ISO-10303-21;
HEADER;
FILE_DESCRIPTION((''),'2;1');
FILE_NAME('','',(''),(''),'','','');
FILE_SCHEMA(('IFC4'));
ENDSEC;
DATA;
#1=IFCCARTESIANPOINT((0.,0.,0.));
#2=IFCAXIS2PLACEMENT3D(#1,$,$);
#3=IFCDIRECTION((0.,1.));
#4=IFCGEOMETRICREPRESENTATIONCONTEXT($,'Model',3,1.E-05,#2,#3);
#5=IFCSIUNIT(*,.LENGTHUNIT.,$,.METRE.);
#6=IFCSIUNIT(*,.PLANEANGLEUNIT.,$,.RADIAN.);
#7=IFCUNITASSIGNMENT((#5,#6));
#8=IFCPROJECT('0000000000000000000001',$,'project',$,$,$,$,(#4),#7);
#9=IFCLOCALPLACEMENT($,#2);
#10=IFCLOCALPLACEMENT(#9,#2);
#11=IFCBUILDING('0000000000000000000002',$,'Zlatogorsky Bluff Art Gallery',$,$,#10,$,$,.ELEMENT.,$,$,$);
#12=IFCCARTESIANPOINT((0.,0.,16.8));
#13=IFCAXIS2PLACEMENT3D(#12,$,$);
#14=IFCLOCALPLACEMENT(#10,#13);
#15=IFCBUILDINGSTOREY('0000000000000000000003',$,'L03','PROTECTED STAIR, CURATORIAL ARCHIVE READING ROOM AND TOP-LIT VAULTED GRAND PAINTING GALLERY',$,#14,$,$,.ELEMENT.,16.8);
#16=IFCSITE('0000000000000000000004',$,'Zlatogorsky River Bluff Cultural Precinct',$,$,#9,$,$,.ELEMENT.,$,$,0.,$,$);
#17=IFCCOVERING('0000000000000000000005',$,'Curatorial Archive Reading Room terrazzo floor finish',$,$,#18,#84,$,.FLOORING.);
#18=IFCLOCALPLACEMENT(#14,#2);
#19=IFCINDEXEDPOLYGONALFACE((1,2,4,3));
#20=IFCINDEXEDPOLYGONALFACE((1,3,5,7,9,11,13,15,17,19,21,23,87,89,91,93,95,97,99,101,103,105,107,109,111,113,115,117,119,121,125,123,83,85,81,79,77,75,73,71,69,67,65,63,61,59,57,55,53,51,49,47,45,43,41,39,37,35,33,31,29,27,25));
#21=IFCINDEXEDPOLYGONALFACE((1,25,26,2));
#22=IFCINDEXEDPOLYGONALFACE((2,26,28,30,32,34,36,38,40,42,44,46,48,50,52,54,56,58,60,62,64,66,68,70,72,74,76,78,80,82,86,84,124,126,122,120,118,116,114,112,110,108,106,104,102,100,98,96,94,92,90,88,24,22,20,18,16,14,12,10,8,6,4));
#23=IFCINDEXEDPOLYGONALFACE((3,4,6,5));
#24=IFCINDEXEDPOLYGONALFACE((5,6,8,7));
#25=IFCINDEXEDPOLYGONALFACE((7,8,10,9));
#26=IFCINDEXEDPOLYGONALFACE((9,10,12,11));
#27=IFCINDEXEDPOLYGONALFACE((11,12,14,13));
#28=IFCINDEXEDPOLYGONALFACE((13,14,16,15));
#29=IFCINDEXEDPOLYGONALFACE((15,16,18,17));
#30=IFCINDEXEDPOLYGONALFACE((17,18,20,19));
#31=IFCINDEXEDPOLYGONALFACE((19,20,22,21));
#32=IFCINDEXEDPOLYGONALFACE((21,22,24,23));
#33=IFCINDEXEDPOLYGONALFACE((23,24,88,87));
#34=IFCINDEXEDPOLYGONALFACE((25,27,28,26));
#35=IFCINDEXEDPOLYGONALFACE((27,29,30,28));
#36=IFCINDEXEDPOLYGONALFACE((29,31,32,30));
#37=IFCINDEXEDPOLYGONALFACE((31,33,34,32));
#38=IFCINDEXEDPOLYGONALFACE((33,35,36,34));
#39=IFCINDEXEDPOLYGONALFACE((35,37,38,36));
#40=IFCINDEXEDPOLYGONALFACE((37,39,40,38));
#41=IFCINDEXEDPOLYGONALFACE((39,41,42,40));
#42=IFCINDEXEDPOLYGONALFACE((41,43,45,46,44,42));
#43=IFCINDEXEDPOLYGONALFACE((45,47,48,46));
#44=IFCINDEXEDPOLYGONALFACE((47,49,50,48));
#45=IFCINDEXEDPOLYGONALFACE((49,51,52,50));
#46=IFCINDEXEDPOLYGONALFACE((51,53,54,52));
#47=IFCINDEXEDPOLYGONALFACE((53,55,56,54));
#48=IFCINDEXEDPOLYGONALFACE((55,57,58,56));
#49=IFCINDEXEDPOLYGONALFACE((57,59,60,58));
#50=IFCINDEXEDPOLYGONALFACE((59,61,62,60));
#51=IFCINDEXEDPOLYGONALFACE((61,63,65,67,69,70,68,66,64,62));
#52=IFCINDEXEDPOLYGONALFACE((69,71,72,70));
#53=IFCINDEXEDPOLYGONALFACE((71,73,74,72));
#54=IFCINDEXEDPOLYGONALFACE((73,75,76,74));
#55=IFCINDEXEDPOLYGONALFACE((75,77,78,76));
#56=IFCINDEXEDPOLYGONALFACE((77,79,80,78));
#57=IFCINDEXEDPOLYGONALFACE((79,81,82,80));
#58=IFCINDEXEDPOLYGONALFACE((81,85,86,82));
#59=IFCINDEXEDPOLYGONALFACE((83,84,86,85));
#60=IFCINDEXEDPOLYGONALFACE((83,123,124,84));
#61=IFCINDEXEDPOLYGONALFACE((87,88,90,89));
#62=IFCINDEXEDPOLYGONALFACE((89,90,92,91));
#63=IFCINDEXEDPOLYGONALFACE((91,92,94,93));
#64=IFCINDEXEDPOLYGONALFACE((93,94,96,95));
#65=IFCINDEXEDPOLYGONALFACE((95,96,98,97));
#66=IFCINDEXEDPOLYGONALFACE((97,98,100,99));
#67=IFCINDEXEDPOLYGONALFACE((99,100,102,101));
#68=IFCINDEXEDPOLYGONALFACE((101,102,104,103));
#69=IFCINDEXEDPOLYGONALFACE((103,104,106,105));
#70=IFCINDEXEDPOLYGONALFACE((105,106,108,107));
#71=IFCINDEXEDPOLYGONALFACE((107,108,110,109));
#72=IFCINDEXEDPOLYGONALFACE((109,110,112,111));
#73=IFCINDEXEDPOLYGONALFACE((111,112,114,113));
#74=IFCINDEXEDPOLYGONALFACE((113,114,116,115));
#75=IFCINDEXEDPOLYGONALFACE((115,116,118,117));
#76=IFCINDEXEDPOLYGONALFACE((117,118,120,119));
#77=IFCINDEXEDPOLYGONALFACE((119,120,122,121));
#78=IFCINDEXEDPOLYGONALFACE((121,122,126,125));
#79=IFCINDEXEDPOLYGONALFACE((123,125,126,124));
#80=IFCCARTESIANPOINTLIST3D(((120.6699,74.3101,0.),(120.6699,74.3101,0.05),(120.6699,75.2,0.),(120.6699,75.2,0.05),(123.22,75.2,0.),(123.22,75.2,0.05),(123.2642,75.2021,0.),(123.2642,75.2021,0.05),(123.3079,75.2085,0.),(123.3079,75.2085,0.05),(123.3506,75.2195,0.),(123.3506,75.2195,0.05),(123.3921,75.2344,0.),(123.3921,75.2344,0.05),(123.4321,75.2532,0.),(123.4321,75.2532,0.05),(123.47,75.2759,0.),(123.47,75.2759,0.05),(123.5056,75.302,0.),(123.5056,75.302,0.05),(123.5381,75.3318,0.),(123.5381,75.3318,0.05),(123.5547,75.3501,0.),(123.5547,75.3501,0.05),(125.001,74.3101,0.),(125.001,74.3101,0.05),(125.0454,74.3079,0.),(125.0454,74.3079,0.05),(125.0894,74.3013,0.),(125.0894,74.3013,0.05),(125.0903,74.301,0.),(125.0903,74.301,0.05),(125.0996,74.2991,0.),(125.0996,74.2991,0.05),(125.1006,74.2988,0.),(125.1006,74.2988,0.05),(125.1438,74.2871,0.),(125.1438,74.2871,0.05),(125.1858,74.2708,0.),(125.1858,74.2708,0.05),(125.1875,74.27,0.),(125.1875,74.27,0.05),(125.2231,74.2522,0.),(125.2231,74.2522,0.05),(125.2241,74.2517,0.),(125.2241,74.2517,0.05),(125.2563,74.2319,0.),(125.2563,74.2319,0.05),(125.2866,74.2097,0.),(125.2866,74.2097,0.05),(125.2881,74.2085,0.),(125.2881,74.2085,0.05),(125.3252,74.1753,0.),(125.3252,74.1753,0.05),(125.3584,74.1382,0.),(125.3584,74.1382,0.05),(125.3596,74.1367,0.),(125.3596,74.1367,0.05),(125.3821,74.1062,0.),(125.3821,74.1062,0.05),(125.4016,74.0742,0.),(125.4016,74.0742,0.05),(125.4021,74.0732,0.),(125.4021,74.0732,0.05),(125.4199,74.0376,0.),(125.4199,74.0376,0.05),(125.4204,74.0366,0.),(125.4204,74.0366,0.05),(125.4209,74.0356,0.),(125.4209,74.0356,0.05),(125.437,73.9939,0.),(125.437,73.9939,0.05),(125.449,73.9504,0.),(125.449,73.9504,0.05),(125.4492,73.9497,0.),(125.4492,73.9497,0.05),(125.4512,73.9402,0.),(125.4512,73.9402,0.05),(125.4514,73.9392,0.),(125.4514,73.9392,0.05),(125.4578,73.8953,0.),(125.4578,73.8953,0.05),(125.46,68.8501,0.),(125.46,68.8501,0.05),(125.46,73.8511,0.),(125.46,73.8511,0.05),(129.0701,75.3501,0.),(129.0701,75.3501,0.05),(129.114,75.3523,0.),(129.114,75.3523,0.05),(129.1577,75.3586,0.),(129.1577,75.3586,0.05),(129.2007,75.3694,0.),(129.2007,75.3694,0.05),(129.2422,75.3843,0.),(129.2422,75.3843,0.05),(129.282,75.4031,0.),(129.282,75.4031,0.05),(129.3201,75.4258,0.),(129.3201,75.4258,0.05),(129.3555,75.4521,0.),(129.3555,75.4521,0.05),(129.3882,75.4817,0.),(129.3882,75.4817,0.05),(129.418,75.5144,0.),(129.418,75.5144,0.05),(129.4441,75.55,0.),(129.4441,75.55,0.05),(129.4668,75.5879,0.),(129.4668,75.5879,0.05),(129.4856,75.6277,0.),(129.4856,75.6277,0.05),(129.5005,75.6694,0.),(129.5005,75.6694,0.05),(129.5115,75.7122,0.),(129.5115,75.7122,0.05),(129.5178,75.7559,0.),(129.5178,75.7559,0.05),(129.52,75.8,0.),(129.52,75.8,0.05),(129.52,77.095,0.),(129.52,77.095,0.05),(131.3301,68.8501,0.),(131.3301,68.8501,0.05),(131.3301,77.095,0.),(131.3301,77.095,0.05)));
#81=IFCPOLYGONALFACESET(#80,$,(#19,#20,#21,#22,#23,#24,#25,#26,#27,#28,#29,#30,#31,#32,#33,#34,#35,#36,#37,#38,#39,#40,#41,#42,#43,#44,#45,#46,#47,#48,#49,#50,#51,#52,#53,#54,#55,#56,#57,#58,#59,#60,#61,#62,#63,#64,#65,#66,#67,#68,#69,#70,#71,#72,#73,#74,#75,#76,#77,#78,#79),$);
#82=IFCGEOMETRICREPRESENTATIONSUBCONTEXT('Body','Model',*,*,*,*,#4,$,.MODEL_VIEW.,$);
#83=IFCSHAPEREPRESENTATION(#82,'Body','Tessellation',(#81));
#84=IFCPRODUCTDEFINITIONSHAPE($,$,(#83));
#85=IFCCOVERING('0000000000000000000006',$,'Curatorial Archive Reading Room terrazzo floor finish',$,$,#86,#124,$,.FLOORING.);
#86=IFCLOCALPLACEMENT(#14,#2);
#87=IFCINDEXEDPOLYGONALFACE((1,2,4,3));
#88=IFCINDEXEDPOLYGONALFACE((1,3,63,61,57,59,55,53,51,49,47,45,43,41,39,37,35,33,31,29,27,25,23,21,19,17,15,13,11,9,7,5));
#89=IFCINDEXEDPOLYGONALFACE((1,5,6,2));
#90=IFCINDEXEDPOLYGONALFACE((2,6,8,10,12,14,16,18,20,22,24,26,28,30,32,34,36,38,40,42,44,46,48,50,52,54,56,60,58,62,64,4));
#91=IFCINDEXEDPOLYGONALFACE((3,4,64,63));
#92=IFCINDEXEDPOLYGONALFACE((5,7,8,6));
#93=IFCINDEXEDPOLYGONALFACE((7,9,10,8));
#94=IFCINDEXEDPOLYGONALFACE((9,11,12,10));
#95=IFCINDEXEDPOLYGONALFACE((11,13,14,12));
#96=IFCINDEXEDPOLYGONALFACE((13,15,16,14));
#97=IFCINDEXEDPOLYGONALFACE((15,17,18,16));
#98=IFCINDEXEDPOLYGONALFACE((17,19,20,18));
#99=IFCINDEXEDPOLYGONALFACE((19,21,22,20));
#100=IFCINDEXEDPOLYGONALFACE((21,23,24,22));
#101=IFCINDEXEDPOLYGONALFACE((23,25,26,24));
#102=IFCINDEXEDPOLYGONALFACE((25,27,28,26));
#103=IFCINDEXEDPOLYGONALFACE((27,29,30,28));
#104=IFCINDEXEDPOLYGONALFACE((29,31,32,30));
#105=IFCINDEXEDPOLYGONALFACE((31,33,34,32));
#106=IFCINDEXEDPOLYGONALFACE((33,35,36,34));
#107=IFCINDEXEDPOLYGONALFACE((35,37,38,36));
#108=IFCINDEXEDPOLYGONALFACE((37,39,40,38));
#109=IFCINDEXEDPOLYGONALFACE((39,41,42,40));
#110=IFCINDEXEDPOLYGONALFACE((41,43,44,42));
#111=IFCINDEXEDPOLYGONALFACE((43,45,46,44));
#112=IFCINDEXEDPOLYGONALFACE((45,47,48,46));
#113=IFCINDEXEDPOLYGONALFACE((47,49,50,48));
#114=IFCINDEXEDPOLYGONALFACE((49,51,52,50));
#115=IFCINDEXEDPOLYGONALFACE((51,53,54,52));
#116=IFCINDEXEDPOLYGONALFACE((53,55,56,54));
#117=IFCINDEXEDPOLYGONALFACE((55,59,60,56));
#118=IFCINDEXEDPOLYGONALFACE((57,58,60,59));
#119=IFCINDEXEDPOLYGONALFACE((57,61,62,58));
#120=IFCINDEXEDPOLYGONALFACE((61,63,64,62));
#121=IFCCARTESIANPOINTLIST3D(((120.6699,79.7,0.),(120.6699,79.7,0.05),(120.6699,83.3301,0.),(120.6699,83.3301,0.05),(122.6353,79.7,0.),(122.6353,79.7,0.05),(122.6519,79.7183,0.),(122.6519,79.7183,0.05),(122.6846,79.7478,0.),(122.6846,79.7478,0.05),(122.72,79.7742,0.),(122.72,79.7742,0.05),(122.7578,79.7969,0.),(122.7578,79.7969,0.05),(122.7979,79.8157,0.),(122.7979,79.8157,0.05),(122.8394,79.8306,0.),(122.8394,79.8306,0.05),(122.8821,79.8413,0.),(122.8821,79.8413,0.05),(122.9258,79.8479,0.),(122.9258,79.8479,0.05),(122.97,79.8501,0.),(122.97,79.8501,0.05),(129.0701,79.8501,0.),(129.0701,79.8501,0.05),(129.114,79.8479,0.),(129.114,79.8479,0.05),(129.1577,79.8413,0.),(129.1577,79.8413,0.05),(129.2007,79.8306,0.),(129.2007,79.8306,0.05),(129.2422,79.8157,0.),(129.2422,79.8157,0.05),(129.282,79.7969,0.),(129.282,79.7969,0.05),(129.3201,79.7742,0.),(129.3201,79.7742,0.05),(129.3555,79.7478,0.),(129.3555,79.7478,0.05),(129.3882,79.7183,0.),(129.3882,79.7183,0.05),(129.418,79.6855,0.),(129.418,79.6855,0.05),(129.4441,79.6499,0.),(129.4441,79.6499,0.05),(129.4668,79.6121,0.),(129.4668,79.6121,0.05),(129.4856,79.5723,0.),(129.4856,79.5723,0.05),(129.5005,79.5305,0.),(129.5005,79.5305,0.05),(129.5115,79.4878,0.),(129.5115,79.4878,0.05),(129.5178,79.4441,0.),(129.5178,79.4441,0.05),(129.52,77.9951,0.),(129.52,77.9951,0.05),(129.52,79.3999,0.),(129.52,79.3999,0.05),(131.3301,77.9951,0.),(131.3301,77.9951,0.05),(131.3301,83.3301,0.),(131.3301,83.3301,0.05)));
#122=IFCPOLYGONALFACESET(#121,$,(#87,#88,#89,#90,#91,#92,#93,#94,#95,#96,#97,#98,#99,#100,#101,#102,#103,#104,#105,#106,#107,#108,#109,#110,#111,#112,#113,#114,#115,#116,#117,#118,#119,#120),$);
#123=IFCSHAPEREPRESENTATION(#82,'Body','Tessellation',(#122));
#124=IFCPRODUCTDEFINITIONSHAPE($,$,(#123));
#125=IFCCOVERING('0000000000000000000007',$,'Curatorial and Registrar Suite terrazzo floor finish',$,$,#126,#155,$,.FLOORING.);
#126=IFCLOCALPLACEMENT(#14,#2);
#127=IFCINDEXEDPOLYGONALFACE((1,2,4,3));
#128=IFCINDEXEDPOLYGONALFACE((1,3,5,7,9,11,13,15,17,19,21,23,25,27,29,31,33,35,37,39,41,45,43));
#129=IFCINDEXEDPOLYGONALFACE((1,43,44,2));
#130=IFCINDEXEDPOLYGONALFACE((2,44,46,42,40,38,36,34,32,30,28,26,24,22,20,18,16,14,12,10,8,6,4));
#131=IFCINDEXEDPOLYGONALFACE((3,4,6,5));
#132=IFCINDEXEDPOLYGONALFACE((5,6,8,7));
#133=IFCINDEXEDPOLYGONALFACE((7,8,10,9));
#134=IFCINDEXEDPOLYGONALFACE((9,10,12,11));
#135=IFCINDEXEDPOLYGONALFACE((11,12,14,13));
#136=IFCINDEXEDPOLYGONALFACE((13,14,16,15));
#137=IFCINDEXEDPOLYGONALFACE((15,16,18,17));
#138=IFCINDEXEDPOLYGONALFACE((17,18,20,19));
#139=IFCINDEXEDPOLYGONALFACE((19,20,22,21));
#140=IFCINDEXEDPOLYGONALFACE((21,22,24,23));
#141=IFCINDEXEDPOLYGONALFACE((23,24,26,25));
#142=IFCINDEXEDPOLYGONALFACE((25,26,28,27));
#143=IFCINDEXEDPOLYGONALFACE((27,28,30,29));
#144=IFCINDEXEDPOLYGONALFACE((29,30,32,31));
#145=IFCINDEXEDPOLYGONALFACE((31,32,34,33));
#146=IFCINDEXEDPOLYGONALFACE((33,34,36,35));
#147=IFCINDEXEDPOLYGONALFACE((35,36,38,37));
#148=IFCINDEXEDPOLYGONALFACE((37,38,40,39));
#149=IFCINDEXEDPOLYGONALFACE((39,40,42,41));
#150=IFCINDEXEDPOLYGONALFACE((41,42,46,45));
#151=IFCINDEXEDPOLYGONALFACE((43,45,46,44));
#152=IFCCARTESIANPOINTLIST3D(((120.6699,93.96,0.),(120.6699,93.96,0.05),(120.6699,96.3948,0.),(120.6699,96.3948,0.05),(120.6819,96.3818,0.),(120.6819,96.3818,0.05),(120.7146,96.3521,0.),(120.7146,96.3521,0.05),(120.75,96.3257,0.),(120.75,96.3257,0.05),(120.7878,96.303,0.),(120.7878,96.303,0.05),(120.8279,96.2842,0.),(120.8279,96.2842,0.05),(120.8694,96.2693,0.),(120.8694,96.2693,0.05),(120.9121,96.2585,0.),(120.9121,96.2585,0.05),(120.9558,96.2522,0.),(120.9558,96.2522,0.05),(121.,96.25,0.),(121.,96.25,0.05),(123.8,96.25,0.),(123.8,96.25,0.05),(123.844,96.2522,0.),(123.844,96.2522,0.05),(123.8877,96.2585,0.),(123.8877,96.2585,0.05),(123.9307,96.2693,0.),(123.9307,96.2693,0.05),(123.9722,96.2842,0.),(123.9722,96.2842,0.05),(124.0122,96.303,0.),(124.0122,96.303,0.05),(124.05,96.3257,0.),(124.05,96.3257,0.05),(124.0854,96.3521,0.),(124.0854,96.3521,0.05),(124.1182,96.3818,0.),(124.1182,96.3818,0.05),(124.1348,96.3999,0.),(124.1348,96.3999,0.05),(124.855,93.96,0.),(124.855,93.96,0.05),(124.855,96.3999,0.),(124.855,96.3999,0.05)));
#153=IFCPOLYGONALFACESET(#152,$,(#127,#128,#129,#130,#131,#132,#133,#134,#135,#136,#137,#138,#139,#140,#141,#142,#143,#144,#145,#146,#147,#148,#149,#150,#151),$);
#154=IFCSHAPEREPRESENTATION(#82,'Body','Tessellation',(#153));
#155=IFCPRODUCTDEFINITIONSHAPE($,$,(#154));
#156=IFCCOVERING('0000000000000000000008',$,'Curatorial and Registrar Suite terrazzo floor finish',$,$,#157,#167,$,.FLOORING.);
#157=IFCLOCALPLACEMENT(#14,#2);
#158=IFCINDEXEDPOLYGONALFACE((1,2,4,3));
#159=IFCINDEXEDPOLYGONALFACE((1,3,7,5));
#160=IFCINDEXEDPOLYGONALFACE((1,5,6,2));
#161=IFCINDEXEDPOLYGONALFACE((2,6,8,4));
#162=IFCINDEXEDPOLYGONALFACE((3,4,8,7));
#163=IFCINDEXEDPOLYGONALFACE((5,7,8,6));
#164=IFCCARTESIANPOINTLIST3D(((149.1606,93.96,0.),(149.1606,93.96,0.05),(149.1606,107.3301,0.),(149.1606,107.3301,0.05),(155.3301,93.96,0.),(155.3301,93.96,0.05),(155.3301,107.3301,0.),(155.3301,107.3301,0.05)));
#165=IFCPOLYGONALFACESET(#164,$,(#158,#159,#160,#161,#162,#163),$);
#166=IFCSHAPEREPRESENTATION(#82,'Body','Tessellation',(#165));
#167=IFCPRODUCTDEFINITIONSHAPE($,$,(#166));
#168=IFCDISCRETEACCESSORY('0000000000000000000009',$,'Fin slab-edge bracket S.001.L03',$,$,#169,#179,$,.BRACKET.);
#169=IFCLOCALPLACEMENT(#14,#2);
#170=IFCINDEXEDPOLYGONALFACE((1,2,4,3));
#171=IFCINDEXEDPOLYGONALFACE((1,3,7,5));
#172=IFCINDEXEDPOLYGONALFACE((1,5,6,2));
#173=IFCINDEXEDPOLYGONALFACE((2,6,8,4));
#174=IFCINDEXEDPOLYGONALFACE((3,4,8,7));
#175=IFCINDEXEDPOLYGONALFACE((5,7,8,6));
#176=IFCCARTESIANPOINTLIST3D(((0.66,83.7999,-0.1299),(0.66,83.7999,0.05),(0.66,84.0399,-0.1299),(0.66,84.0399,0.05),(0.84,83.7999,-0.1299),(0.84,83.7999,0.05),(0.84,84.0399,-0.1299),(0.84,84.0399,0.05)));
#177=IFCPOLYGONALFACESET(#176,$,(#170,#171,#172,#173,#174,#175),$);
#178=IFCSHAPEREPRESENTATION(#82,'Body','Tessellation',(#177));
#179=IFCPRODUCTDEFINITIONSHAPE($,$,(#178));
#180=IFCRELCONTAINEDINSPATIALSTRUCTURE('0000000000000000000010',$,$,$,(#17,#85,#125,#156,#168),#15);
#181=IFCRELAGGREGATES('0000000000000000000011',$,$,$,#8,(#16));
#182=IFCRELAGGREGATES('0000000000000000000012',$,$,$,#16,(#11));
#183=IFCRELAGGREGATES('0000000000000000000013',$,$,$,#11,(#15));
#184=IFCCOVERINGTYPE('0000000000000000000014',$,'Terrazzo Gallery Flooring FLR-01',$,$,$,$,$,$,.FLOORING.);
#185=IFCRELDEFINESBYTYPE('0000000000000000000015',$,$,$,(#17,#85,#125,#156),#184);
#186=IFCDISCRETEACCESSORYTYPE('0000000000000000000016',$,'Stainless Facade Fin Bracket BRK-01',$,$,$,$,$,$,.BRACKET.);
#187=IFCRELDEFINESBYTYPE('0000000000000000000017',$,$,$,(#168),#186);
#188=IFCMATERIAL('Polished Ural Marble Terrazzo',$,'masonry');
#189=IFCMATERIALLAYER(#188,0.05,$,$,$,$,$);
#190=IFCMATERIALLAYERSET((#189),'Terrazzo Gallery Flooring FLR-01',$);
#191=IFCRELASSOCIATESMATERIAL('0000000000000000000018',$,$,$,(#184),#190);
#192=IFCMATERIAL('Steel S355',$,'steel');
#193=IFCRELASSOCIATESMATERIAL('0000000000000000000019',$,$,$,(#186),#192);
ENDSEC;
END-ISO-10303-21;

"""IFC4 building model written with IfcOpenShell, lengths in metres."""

from ifc_helpers import new_model, si_unit, direction, frame, origin, origin_2d, place, context, subcontext, project, spatial, polyline, rectangle, outline, extrude, material, layer, layer_set, type_object, element, save


model = new_model("IFC4")

# Units and contexts
model_context = context("Model", 3, precision=1e-05, world=origin(), true_north=direction((0.0, 1.0)))
body_context = subcontext(model_context, "Body", "Model", "MODEL_VIEW")
ifc_project = project(units=[si_unit("LENGTHUNIT", "METRE"), si_unit("PLANEANGLEUNIT", "RADIAN")], contexts=[model_context])

# Site, building, storey
site_placement = place(None, origin())
site = spatial("IfcSite", under=ifc_project, at=site_placement, Name="Zlatogorsky River Bluff Cultural Precinct", CompositionType="ELEMENT", RefElevation=0.0)
building_placement = place(site_placement, origin())
building = spatial("IfcBuilding", under=site, at=building_placement, Name="Zlatogorsky Bluff Art Gallery", CompositionType="ELEMENT")
storey_placement = place(building_placement, frame((0.0, 0.0, 16.8)))
storey = spatial("IfcBuildingStorey", under=building, at=storey_placement, Name="L03", Description="PROTECTED STAIR, CURATORIAL ARCHIVE READING ROOM AND TOP-LIT VAULTED GRAND PAINTING GALLERY", CompositionType="ELEMENT", Elevation=16.8)

# Coverings
ifc_material_1 = material(Name="Polished Ural Marble Terrazzo", Category="masonry")
ifc_layer_1 = layer(ifc_material_1, 0.05)
ifc_layer_set_1 = layer_set([ifc_layer_1], Name="Terrazzo Gallery Flooring FLR-01")
covering_type_1 = type_object("IfcCoveringType", Name="Terrazzo Gallery Flooring FLR-01", PredefinedType="FLOORING", material=ifc_layer_set_1)
covering_1_placement = place(storey_placement, origin())
element("IfcCovering", 1, at=covering_1_placement, inside=storey, type_object=covering_type_1, Name="Curatorial Archive Reading Room terrazzo floor finish", PredefinedType="FLOORING", context=body_context, shape_type="SweptSolid", body=[
    extrude(outline(polyline([(123.22, 75.2), (123.2642, 75.2021), (123.3079, 75.2085), (123.3506, 75.2195), (123.3921, 75.2344), (123.4321, 75.2532), (123.47, 75.2759), (123.5056, 75.302), (123.5381, 75.3318), (123.5547, 75.3501), (129.0701, 75.3501), (129.114, 75.3523), (129.1577, 75.3586), (129.2007, 75.3694), (129.2422, 75.3843), (129.282, 75.4031), (129.3201, 75.4258), (129.3555, 75.4521), (129.3882, 75.4817), (129.418, 75.5144), (129.4441, 75.55), (129.4668, 75.5879), (129.4856, 75.6277), (129.5005, 75.6694), (129.5115, 75.7122), (129.5178, 75.7559), (129.52, 75.8), (129.52, 77.095), (131.3301, 77.095), (131.3301, 68.8501), (125.46, 68.8501), (125.46, 73.8511), (125.4578, 73.8953), (125.4514, 73.9392), (125.4512, 73.9402), (125.4492, 73.9497), (125.449, 73.9504), (125.437, 73.9939), (125.4209, 74.0356), (125.4204, 74.0366), (125.4199, 74.0376), (125.4021, 74.0732), (125.4016, 74.0742), (125.3821, 74.1062), (125.3596, 74.1367), (125.3584, 74.1382), (125.3252, 74.1753), (125.2881, 74.2085), (125.2866, 74.2097), (125.2563, 74.2319), (125.2241, 74.2517), (125.2231, 74.2522), (125.1875, 74.27), (125.1858, 74.2708), (125.1438, 74.2871), (125.1006, 74.2988), (125.0996, 74.2991), (125.0903, 74.301), (125.0894, 74.3013), (125.0454, 74.3079), (125.001, 74.3101), (120.6699, 74.3101), (120.6699, 75.2), (123.22, 75.2)])), origin(), (0.0, 0.0, 1.0), 0.05),
])
covering_2_placement = place(storey_placement, origin())
element("IfcCovering", 2, at=covering_2_placement, inside=storey, type_object=covering_type_1, Name="Curatorial Archive Reading Room terrazzo floor finish", PredefinedType="FLOORING", context=body_context, shape_type="SweptSolid", body=[
    extrude(outline(polyline([(120.6699, 83.3301), (131.3301, 83.3301), (131.3301, 77.9951), (129.52, 77.9951), (129.52, 79.3999), (129.5178, 79.4441), (129.5115, 79.4878), (129.5005, 79.5305), (129.4856, 79.5723), (129.4668, 79.6121), (129.4441, 79.6499), (129.418, 79.6855), (129.3882, 79.7183), (129.3555, 79.7478), (129.3201, 79.7742), (129.282, 79.7969), (129.2422, 79.8157), (129.2007, 79.8306), (129.1577, 79.8413), (129.114, 79.8479), (129.0701, 79.8501), (122.97, 79.8501), (122.9258, 79.8479), (122.8821, 79.8413), (122.8394, 79.8306), (122.7979, 79.8157), (122.7578, 79.7969), (122.72, 79.7742), (122.6846, 79.7478), (122.6519, 79.7183), (122.6353, 79.7), (120.6699, 79.7), (120.6699, 83.3301)])), origin(), (0.0, 0.0, 1.0), 0.05),
])
covering_3_placement = place(storey_placement, origin())
element("IfcCovering", 3, at=covering_3_placement, inside=storey, type_object=covering_type_1, Name="Curatorial and Registrar Suite terrazzo floor finish", PredefinedType="FLOORING", context=body_context, shape_type="SweptSolid", body=[
    extrude(outline(polyline([(120.6699, 96.3948), (120.6819, 96.3818), (120.7146, 96.3521), (120.75, 96.3257), (120.7878, 96.303), (120.8279, 96.2842), (120.8694, 96.2693), (120.9121, 96.2585), (120.9558, 96.2522), (121.0, 96.25), (123.8, 96.25), (123.844, 96.2522), (123.8877, 96.2585), (123.9307, 96.2693), (123.9722, 96.2842), (124.0122, 96.303), (124.05, 96.3257), (124.0854, 96.3521), (124.1182, 96.3818), (124.1348, 96.3999), (124.855, 96.3999), (124.855, 93.96), (120.6699, 93.96), (120.6699, 96.3948)])), origin(), (0.0, 0.0, 1.0), 0.05),
])
covering_4_placement = place(storey_placement, origin())
element("IfcCovering", 4, at=covering_4_placement, inside=storey, type_object=covering_type_1, Name="Curatorial and Registrar Suite terrazzo floor finish", PredefinedType="FLOORING", context=body_context, shape_type="SweptSolid", body=[
    extrude(outline(polyline([(149.1606, 93.96), (149.1606, 107.3301), (155.3301, 107.3301), (155.3301, 93.96), (149.1606, 93.96)])), origin(), (0.0, 0.0, 1.0), 0.05),
])

# Discrete accessory
ifc_material_2 = material(Name="Steel S355", Category="steel")
discrete_accessory_type = type_object("IfcDiscreteAccessoryType", Name="Stainless Facade Fin Bracket BRK-01", PredefinedType="BRACKET", material=ifc_material_2)
for number, where, z_axis, x_axis, name in (
    (5, (0.75, 83.9199, -0.1299), (0.0, 0.0, 1.0), (1.0, 0.0, 0.0), "Fin slab-edge bracket S.001.L03"),
):
    element("IfcDiscreteAccessory", number, at=place(storey_placement, frame(where, z_axis=z_axis, x_axis=x_axis)), inside=storey, type_object=discrete_accessory_type, Name=name, PredefinedType="BRACKET", context=body_context, shape_type="SweptSolid", body=[
        extrude(rectangle(XDim=0.1799, YDim=0.24, at=origin_2d()), origin(), (0.0, 0.0, 1.0), 0.1799),
    ])

save(model, "model.ifc")
